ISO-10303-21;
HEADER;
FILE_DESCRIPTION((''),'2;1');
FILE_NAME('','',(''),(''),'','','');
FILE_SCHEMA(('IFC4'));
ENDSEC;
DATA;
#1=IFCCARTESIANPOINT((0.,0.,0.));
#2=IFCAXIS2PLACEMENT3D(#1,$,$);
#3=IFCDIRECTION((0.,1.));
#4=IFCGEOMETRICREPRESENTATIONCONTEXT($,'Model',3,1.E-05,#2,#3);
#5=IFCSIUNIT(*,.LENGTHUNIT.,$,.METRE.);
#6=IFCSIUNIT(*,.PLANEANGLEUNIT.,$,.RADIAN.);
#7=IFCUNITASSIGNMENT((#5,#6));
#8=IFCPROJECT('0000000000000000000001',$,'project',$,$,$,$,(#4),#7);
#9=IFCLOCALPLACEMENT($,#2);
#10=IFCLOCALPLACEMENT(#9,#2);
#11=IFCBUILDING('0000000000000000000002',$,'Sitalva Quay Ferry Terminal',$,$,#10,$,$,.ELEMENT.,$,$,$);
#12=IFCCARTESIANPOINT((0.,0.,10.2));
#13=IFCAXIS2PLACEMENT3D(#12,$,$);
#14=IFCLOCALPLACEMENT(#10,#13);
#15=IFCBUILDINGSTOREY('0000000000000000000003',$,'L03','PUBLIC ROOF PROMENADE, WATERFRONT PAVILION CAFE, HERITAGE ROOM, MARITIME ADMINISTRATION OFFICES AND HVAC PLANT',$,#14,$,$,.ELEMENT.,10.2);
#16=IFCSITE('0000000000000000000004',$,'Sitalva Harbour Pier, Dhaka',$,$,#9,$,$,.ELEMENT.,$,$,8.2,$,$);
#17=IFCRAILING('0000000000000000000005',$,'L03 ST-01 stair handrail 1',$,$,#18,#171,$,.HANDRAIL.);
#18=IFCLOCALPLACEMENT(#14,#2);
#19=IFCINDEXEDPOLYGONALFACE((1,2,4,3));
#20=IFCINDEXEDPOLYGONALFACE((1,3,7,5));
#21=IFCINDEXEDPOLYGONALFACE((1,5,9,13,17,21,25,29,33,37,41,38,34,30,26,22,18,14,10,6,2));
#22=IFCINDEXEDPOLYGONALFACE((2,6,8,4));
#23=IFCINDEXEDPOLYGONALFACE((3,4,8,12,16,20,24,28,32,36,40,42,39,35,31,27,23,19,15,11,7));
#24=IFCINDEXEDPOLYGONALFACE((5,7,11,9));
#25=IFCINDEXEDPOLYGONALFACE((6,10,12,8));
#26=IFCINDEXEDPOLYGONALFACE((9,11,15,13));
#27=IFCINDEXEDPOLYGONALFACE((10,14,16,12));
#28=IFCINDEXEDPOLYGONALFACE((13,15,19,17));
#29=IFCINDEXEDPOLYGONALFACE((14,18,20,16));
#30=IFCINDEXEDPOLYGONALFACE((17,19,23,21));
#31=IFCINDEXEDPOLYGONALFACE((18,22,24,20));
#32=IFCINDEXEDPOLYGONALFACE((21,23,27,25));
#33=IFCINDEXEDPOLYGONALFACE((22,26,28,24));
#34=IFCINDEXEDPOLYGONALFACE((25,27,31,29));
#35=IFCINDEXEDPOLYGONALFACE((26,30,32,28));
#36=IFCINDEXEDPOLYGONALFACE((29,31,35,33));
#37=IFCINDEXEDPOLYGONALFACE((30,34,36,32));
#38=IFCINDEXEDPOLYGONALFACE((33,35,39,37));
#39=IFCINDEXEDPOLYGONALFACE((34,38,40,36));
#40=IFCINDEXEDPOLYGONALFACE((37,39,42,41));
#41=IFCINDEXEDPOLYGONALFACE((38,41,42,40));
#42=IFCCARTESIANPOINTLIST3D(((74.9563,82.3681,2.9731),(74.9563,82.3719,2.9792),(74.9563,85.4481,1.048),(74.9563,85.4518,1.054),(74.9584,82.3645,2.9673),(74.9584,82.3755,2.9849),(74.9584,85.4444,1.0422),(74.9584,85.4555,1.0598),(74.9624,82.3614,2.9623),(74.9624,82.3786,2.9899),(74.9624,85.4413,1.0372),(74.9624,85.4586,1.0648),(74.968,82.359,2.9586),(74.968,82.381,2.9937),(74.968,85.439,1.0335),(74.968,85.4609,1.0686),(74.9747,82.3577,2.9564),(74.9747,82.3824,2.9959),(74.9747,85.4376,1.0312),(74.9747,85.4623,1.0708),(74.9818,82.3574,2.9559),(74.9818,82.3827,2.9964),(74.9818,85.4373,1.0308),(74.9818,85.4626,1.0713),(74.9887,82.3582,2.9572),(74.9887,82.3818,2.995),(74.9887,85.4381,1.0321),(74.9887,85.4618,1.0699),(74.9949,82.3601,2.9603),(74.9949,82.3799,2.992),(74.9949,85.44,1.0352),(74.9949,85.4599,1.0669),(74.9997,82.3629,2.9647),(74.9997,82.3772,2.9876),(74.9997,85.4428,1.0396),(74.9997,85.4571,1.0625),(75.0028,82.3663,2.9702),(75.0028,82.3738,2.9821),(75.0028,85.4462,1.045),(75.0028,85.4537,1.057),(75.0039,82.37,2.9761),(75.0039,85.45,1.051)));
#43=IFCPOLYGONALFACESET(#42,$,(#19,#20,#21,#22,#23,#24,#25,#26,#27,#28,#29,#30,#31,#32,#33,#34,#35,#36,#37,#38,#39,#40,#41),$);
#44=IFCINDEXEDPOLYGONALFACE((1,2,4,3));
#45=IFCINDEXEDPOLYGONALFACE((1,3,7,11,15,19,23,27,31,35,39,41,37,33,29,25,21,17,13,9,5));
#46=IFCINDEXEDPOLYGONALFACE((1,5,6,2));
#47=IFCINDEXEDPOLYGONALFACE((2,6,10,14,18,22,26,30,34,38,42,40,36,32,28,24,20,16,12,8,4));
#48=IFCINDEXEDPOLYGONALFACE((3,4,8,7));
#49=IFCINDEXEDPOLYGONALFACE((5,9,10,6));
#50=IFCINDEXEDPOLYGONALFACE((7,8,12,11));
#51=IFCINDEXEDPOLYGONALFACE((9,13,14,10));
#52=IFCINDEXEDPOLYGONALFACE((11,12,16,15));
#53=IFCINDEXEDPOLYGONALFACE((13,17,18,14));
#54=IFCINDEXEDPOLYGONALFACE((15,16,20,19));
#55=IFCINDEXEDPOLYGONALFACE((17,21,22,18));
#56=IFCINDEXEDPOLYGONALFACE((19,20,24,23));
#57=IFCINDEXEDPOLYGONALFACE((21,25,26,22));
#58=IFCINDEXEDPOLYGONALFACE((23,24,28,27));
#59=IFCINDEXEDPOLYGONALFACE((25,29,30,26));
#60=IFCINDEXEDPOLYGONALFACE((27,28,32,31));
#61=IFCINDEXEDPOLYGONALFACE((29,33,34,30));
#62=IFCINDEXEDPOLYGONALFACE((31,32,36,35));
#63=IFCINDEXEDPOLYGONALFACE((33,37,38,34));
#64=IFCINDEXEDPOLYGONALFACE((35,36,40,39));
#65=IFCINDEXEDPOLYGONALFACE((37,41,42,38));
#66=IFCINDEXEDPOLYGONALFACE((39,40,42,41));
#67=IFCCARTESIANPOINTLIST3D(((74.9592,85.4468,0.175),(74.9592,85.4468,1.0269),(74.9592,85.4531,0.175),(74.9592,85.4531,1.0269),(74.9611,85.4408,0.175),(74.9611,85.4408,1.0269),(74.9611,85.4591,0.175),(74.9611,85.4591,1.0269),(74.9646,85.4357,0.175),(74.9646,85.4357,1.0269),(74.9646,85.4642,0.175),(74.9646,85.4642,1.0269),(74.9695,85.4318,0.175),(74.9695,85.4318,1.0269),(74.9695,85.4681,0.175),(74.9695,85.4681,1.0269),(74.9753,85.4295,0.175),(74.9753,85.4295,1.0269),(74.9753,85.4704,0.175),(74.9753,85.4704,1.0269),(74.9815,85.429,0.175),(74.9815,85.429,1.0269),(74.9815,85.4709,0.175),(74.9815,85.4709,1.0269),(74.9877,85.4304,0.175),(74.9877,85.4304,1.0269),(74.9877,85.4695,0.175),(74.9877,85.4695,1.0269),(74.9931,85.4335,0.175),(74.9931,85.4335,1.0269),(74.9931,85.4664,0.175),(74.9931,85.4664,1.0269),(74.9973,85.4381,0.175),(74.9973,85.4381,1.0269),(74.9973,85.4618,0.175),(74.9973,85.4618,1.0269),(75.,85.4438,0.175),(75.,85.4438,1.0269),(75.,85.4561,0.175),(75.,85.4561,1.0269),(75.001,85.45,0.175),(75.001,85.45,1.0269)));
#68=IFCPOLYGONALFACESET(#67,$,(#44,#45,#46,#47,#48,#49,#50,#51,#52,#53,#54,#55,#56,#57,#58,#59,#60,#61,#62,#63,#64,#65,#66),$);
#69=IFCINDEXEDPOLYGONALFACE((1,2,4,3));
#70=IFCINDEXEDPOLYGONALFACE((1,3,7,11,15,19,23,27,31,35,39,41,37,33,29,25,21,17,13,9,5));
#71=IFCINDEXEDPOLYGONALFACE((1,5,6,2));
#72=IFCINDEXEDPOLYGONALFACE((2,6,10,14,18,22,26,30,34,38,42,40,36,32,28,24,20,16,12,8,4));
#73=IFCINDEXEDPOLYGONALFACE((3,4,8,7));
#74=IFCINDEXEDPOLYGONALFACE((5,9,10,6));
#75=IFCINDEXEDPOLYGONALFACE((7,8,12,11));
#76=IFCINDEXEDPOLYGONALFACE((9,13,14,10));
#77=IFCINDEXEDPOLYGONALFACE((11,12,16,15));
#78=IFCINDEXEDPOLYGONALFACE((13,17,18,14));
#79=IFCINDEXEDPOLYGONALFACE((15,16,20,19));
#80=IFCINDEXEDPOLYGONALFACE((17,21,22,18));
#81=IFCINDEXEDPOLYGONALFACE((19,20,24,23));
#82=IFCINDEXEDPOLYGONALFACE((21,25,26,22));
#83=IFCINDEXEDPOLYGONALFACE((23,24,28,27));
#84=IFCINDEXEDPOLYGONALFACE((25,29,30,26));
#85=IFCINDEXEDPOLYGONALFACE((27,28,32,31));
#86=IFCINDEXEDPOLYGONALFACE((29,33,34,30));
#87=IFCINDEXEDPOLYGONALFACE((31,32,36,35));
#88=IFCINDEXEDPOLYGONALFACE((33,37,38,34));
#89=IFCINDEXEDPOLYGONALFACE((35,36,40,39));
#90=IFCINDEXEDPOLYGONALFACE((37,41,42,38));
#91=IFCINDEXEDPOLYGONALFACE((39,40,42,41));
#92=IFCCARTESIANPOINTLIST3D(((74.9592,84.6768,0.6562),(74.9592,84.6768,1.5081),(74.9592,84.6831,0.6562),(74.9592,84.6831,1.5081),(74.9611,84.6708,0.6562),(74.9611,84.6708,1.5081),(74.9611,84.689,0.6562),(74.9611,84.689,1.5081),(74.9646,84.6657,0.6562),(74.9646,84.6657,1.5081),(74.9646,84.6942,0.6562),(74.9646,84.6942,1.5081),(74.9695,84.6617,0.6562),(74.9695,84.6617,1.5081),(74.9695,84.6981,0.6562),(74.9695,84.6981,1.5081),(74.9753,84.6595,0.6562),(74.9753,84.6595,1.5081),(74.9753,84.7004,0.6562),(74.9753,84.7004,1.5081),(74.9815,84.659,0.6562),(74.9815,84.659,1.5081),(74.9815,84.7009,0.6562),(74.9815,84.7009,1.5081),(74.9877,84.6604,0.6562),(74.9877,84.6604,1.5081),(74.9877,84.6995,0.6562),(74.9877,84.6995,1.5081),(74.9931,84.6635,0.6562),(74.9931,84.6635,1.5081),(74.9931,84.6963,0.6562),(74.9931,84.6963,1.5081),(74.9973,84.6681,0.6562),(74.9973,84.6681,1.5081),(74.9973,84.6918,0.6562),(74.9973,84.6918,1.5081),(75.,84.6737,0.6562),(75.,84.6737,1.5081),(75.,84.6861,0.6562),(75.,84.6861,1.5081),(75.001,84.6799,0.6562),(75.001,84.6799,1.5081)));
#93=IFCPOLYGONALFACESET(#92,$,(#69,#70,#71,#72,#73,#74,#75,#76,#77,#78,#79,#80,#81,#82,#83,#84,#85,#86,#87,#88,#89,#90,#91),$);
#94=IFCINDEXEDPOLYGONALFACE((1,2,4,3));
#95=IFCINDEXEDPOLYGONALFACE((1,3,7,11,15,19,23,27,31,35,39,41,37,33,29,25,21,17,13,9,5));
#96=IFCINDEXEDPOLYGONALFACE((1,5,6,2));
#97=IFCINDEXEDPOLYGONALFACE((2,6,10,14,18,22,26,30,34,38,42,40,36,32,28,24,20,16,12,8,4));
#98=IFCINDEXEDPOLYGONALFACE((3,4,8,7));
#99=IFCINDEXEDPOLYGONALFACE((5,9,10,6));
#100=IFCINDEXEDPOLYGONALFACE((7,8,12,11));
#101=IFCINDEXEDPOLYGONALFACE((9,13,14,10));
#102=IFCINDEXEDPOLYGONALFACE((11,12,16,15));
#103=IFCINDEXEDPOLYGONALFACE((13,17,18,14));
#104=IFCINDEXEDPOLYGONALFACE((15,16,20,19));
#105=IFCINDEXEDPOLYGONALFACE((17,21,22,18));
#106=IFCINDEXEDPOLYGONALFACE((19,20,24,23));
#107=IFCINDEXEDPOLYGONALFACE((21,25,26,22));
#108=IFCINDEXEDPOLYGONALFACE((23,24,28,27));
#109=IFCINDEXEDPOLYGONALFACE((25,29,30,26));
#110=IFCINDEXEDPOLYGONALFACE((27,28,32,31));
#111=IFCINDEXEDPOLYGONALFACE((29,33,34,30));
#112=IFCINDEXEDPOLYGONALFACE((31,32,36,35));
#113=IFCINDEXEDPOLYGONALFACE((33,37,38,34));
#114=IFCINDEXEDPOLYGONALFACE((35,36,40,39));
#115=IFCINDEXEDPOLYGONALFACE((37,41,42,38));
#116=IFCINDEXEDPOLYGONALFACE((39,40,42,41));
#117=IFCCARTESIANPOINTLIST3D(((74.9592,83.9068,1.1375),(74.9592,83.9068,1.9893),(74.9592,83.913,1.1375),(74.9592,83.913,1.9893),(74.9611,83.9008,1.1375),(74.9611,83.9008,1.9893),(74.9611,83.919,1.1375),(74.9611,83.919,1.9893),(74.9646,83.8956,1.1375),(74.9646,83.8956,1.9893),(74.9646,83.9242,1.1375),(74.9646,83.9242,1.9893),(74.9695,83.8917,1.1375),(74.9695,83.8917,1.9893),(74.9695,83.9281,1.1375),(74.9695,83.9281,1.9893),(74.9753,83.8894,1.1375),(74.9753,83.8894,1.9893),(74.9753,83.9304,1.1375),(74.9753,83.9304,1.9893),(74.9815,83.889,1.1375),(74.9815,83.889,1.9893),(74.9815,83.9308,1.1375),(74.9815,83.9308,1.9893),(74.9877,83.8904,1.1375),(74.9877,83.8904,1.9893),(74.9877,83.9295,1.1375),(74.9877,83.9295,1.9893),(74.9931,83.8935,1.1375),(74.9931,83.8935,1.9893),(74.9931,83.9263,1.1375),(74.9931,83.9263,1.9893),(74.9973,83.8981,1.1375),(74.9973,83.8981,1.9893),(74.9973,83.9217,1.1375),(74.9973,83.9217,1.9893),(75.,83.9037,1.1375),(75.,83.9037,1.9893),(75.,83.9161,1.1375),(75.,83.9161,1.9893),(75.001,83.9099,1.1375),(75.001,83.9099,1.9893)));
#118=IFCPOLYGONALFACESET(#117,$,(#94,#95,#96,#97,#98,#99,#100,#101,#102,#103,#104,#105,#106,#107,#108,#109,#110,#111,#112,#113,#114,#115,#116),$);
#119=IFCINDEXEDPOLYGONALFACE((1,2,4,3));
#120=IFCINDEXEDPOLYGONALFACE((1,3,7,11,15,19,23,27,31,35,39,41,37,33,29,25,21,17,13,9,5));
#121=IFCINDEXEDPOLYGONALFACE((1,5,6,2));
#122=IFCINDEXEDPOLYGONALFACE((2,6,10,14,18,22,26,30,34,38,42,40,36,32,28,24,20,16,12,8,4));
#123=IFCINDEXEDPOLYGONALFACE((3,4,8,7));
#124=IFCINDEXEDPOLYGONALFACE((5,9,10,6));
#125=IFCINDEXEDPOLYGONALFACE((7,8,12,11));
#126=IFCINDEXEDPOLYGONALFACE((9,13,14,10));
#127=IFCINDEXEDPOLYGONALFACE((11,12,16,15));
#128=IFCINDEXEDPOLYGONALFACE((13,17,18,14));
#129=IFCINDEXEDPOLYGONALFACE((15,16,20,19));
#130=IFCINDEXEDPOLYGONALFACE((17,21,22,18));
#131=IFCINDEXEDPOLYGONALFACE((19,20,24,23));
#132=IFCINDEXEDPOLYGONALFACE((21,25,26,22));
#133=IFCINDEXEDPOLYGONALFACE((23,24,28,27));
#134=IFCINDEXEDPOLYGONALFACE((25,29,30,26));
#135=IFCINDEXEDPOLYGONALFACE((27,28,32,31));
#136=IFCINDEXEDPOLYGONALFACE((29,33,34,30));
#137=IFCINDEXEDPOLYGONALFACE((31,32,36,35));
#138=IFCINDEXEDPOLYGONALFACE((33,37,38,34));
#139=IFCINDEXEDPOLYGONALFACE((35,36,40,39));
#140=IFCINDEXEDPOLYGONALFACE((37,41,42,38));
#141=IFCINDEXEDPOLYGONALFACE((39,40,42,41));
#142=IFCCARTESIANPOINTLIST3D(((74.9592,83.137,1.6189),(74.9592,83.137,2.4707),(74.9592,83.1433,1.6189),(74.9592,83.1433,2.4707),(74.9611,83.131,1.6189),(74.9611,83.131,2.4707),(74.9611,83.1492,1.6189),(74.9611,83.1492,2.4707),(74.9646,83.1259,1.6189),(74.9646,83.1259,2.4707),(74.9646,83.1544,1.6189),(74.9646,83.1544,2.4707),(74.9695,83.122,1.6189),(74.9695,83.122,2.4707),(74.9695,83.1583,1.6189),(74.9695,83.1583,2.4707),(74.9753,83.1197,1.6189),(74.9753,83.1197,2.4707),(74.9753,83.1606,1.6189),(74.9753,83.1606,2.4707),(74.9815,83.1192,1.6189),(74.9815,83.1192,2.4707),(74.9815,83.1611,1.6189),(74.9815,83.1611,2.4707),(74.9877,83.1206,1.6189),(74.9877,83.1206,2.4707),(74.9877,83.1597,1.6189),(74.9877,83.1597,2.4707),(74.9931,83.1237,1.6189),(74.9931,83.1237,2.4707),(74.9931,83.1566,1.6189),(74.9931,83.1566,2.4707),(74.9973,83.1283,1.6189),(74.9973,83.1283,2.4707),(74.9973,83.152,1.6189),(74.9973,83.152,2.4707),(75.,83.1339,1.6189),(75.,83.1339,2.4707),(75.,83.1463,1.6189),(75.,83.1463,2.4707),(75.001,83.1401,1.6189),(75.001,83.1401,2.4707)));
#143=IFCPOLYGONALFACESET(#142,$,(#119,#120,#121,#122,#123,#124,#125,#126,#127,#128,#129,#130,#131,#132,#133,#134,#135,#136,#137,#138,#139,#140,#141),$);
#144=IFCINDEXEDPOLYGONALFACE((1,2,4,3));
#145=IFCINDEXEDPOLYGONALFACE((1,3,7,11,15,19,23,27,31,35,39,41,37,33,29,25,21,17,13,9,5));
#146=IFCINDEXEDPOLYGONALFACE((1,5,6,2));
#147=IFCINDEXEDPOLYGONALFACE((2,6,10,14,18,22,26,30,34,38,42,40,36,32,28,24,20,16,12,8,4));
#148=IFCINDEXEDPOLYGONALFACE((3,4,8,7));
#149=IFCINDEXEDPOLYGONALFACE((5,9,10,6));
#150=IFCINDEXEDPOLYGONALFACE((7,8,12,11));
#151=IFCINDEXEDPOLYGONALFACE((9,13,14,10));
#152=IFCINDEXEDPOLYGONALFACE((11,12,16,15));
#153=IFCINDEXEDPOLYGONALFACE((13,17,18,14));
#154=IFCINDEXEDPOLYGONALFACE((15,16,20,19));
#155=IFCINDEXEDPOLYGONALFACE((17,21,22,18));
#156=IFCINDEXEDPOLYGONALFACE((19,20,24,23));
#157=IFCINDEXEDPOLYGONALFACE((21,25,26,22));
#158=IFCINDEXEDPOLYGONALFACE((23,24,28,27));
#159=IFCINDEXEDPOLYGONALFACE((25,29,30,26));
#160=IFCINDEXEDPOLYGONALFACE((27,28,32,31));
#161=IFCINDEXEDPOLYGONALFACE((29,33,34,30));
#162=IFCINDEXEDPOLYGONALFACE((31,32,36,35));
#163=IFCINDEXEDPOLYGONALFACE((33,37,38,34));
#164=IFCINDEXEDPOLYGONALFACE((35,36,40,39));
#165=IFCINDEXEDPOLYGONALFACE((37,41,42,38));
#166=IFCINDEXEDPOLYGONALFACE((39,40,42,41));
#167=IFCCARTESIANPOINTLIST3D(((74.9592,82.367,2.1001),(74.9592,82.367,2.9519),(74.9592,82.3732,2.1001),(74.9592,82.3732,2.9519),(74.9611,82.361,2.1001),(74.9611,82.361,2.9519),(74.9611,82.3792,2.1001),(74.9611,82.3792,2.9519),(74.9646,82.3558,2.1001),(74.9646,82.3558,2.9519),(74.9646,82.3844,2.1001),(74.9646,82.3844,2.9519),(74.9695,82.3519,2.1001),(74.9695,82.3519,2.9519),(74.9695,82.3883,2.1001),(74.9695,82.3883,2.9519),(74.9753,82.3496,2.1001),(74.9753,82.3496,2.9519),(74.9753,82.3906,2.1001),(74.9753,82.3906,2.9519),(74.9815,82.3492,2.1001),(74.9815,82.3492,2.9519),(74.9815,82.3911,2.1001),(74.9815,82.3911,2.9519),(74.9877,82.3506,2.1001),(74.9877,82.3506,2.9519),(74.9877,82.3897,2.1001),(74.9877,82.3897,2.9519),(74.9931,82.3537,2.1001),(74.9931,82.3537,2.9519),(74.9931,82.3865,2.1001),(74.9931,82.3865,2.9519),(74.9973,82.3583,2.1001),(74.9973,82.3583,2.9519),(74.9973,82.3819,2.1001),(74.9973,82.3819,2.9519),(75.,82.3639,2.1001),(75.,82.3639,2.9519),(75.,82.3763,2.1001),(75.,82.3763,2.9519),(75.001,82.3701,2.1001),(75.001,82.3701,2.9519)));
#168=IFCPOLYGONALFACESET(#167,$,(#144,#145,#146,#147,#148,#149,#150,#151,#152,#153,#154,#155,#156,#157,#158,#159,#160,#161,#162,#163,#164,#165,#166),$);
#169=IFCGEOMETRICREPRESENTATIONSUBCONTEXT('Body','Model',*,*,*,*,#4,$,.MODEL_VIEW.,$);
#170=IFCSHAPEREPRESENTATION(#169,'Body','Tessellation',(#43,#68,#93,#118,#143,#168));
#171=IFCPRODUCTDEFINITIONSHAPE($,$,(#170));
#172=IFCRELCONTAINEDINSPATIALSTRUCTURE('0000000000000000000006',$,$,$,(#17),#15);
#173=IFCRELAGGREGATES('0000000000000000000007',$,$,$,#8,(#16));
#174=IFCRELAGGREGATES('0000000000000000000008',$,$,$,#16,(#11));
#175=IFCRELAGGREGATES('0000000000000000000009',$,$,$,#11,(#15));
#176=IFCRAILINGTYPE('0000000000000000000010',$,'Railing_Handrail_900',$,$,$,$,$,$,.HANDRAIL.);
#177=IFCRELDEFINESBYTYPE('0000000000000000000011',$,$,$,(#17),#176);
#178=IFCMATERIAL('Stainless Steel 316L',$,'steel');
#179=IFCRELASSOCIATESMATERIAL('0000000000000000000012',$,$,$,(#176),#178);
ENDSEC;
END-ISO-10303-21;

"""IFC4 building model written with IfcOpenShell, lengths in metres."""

from ifc_helpers import new_model, si_unit, direction, frame, origin, origin_2d, place, context, subcontext, project, spatial, circle, extrude, material, type_object, element, save


model = new_model("IFC4")

# Units and contexts
model_context = context("Model", 3, precision=1e-05, world=origin(), true_north=direction((0.0, 1.0)))
body_context = subcontext(model_context, "Body", "Model", "MODEL_VIEW")
ifc_project = project(units=[si_unit("LENGTHUNIT", "METRE"), si_unit("PLANEANGLEUNIT", "RADIAN")], contexts=[model_context])

# Site, building, storey
site_placement = place(None, origin())
site = spatial("IfcSite", under=ifc_project, at=site_placement, Name="Sitalva Harbour Pier, Dhaka", CompositionType="ELEMENT", RefElevation=8.2)
building_placement = place(site_placement, origin())
building = spatial("IfcBuilding", under=site, at=building_placement, Name="Sitalva Quay Ferry Terminal", CompositionType="ELEMENT")
storey_placement = place(building_placement, frame((0.0, 0.0, 10.2)))
storey = spatial("IfcBuildingStorey", under=building, at=storey_placement, Name="L03", Description="PUBLIC ROOF PROMENADE, WATERFRONT PAVILION CAFE, HERITAGE ROOM, MARITIME ADMINISTRATION OFFICES AND HVAC PLANT", CompositionType="ELEMENT", Elevation=10.2)

# Railing
ifc_material_1 = material(Name="Stainless Steel 316L", Category="steel")
railing_type_1 = type_object("IfcRailingType", Name="Railing_Handrail_900", PredefinedType="HANDRAIL", material=ifc_material_1)
railing_1_placement = place(storey_placement, frame((74.98, 85.45, 0.175)))
element("IfcRailing", 1, at=railing_1_placement, inside=storey, type_object=railing_type_1, Name="L03 ST-01 stair handrail 1", PredefinedType="HANDRAIL", context=body_context, shape_type="SweptSolid", body=[
    extrude(circle(Radius=0.0239, at=origin_2d()), frame((0.0, 0.0, 0.876), z_axis=(0.0, -0.847979, 0.530029), x_axis=(1.0, 0.0, 0.0)), (0.0, 0.0, 1.0), 3.6321),
    extrude(circle(Radius=0.021, at=origin_2d()), origin(), (0.0, 0.0, 1.0), 0.8518),
    extrude(circle(Radius=0.021, at=origin_2d()), frame((0.0, -0.77, 0.4812)), (0.0, 0.0, 1.0), 0.8518),
    extrude(circle(Radius=0.021, at=origin_2d()), frame((0.0, -1.54, 0.9624)), (0.0, 0.0, 1.0), 0.8518),
    extrude(circle(Radius=0.021, at=origin_2d()), frame((0.0, -2.3098, 1.4438)), (0.0, 0.0, 1.0), 0.8518),
    extrude(circle(Radius=0.021, at=origin_2d()), frame((0.0, -3.0798, 1.925)), (0.0, 0.0, 1.0), 0.8518),
])

save(model, "model.ifc")
